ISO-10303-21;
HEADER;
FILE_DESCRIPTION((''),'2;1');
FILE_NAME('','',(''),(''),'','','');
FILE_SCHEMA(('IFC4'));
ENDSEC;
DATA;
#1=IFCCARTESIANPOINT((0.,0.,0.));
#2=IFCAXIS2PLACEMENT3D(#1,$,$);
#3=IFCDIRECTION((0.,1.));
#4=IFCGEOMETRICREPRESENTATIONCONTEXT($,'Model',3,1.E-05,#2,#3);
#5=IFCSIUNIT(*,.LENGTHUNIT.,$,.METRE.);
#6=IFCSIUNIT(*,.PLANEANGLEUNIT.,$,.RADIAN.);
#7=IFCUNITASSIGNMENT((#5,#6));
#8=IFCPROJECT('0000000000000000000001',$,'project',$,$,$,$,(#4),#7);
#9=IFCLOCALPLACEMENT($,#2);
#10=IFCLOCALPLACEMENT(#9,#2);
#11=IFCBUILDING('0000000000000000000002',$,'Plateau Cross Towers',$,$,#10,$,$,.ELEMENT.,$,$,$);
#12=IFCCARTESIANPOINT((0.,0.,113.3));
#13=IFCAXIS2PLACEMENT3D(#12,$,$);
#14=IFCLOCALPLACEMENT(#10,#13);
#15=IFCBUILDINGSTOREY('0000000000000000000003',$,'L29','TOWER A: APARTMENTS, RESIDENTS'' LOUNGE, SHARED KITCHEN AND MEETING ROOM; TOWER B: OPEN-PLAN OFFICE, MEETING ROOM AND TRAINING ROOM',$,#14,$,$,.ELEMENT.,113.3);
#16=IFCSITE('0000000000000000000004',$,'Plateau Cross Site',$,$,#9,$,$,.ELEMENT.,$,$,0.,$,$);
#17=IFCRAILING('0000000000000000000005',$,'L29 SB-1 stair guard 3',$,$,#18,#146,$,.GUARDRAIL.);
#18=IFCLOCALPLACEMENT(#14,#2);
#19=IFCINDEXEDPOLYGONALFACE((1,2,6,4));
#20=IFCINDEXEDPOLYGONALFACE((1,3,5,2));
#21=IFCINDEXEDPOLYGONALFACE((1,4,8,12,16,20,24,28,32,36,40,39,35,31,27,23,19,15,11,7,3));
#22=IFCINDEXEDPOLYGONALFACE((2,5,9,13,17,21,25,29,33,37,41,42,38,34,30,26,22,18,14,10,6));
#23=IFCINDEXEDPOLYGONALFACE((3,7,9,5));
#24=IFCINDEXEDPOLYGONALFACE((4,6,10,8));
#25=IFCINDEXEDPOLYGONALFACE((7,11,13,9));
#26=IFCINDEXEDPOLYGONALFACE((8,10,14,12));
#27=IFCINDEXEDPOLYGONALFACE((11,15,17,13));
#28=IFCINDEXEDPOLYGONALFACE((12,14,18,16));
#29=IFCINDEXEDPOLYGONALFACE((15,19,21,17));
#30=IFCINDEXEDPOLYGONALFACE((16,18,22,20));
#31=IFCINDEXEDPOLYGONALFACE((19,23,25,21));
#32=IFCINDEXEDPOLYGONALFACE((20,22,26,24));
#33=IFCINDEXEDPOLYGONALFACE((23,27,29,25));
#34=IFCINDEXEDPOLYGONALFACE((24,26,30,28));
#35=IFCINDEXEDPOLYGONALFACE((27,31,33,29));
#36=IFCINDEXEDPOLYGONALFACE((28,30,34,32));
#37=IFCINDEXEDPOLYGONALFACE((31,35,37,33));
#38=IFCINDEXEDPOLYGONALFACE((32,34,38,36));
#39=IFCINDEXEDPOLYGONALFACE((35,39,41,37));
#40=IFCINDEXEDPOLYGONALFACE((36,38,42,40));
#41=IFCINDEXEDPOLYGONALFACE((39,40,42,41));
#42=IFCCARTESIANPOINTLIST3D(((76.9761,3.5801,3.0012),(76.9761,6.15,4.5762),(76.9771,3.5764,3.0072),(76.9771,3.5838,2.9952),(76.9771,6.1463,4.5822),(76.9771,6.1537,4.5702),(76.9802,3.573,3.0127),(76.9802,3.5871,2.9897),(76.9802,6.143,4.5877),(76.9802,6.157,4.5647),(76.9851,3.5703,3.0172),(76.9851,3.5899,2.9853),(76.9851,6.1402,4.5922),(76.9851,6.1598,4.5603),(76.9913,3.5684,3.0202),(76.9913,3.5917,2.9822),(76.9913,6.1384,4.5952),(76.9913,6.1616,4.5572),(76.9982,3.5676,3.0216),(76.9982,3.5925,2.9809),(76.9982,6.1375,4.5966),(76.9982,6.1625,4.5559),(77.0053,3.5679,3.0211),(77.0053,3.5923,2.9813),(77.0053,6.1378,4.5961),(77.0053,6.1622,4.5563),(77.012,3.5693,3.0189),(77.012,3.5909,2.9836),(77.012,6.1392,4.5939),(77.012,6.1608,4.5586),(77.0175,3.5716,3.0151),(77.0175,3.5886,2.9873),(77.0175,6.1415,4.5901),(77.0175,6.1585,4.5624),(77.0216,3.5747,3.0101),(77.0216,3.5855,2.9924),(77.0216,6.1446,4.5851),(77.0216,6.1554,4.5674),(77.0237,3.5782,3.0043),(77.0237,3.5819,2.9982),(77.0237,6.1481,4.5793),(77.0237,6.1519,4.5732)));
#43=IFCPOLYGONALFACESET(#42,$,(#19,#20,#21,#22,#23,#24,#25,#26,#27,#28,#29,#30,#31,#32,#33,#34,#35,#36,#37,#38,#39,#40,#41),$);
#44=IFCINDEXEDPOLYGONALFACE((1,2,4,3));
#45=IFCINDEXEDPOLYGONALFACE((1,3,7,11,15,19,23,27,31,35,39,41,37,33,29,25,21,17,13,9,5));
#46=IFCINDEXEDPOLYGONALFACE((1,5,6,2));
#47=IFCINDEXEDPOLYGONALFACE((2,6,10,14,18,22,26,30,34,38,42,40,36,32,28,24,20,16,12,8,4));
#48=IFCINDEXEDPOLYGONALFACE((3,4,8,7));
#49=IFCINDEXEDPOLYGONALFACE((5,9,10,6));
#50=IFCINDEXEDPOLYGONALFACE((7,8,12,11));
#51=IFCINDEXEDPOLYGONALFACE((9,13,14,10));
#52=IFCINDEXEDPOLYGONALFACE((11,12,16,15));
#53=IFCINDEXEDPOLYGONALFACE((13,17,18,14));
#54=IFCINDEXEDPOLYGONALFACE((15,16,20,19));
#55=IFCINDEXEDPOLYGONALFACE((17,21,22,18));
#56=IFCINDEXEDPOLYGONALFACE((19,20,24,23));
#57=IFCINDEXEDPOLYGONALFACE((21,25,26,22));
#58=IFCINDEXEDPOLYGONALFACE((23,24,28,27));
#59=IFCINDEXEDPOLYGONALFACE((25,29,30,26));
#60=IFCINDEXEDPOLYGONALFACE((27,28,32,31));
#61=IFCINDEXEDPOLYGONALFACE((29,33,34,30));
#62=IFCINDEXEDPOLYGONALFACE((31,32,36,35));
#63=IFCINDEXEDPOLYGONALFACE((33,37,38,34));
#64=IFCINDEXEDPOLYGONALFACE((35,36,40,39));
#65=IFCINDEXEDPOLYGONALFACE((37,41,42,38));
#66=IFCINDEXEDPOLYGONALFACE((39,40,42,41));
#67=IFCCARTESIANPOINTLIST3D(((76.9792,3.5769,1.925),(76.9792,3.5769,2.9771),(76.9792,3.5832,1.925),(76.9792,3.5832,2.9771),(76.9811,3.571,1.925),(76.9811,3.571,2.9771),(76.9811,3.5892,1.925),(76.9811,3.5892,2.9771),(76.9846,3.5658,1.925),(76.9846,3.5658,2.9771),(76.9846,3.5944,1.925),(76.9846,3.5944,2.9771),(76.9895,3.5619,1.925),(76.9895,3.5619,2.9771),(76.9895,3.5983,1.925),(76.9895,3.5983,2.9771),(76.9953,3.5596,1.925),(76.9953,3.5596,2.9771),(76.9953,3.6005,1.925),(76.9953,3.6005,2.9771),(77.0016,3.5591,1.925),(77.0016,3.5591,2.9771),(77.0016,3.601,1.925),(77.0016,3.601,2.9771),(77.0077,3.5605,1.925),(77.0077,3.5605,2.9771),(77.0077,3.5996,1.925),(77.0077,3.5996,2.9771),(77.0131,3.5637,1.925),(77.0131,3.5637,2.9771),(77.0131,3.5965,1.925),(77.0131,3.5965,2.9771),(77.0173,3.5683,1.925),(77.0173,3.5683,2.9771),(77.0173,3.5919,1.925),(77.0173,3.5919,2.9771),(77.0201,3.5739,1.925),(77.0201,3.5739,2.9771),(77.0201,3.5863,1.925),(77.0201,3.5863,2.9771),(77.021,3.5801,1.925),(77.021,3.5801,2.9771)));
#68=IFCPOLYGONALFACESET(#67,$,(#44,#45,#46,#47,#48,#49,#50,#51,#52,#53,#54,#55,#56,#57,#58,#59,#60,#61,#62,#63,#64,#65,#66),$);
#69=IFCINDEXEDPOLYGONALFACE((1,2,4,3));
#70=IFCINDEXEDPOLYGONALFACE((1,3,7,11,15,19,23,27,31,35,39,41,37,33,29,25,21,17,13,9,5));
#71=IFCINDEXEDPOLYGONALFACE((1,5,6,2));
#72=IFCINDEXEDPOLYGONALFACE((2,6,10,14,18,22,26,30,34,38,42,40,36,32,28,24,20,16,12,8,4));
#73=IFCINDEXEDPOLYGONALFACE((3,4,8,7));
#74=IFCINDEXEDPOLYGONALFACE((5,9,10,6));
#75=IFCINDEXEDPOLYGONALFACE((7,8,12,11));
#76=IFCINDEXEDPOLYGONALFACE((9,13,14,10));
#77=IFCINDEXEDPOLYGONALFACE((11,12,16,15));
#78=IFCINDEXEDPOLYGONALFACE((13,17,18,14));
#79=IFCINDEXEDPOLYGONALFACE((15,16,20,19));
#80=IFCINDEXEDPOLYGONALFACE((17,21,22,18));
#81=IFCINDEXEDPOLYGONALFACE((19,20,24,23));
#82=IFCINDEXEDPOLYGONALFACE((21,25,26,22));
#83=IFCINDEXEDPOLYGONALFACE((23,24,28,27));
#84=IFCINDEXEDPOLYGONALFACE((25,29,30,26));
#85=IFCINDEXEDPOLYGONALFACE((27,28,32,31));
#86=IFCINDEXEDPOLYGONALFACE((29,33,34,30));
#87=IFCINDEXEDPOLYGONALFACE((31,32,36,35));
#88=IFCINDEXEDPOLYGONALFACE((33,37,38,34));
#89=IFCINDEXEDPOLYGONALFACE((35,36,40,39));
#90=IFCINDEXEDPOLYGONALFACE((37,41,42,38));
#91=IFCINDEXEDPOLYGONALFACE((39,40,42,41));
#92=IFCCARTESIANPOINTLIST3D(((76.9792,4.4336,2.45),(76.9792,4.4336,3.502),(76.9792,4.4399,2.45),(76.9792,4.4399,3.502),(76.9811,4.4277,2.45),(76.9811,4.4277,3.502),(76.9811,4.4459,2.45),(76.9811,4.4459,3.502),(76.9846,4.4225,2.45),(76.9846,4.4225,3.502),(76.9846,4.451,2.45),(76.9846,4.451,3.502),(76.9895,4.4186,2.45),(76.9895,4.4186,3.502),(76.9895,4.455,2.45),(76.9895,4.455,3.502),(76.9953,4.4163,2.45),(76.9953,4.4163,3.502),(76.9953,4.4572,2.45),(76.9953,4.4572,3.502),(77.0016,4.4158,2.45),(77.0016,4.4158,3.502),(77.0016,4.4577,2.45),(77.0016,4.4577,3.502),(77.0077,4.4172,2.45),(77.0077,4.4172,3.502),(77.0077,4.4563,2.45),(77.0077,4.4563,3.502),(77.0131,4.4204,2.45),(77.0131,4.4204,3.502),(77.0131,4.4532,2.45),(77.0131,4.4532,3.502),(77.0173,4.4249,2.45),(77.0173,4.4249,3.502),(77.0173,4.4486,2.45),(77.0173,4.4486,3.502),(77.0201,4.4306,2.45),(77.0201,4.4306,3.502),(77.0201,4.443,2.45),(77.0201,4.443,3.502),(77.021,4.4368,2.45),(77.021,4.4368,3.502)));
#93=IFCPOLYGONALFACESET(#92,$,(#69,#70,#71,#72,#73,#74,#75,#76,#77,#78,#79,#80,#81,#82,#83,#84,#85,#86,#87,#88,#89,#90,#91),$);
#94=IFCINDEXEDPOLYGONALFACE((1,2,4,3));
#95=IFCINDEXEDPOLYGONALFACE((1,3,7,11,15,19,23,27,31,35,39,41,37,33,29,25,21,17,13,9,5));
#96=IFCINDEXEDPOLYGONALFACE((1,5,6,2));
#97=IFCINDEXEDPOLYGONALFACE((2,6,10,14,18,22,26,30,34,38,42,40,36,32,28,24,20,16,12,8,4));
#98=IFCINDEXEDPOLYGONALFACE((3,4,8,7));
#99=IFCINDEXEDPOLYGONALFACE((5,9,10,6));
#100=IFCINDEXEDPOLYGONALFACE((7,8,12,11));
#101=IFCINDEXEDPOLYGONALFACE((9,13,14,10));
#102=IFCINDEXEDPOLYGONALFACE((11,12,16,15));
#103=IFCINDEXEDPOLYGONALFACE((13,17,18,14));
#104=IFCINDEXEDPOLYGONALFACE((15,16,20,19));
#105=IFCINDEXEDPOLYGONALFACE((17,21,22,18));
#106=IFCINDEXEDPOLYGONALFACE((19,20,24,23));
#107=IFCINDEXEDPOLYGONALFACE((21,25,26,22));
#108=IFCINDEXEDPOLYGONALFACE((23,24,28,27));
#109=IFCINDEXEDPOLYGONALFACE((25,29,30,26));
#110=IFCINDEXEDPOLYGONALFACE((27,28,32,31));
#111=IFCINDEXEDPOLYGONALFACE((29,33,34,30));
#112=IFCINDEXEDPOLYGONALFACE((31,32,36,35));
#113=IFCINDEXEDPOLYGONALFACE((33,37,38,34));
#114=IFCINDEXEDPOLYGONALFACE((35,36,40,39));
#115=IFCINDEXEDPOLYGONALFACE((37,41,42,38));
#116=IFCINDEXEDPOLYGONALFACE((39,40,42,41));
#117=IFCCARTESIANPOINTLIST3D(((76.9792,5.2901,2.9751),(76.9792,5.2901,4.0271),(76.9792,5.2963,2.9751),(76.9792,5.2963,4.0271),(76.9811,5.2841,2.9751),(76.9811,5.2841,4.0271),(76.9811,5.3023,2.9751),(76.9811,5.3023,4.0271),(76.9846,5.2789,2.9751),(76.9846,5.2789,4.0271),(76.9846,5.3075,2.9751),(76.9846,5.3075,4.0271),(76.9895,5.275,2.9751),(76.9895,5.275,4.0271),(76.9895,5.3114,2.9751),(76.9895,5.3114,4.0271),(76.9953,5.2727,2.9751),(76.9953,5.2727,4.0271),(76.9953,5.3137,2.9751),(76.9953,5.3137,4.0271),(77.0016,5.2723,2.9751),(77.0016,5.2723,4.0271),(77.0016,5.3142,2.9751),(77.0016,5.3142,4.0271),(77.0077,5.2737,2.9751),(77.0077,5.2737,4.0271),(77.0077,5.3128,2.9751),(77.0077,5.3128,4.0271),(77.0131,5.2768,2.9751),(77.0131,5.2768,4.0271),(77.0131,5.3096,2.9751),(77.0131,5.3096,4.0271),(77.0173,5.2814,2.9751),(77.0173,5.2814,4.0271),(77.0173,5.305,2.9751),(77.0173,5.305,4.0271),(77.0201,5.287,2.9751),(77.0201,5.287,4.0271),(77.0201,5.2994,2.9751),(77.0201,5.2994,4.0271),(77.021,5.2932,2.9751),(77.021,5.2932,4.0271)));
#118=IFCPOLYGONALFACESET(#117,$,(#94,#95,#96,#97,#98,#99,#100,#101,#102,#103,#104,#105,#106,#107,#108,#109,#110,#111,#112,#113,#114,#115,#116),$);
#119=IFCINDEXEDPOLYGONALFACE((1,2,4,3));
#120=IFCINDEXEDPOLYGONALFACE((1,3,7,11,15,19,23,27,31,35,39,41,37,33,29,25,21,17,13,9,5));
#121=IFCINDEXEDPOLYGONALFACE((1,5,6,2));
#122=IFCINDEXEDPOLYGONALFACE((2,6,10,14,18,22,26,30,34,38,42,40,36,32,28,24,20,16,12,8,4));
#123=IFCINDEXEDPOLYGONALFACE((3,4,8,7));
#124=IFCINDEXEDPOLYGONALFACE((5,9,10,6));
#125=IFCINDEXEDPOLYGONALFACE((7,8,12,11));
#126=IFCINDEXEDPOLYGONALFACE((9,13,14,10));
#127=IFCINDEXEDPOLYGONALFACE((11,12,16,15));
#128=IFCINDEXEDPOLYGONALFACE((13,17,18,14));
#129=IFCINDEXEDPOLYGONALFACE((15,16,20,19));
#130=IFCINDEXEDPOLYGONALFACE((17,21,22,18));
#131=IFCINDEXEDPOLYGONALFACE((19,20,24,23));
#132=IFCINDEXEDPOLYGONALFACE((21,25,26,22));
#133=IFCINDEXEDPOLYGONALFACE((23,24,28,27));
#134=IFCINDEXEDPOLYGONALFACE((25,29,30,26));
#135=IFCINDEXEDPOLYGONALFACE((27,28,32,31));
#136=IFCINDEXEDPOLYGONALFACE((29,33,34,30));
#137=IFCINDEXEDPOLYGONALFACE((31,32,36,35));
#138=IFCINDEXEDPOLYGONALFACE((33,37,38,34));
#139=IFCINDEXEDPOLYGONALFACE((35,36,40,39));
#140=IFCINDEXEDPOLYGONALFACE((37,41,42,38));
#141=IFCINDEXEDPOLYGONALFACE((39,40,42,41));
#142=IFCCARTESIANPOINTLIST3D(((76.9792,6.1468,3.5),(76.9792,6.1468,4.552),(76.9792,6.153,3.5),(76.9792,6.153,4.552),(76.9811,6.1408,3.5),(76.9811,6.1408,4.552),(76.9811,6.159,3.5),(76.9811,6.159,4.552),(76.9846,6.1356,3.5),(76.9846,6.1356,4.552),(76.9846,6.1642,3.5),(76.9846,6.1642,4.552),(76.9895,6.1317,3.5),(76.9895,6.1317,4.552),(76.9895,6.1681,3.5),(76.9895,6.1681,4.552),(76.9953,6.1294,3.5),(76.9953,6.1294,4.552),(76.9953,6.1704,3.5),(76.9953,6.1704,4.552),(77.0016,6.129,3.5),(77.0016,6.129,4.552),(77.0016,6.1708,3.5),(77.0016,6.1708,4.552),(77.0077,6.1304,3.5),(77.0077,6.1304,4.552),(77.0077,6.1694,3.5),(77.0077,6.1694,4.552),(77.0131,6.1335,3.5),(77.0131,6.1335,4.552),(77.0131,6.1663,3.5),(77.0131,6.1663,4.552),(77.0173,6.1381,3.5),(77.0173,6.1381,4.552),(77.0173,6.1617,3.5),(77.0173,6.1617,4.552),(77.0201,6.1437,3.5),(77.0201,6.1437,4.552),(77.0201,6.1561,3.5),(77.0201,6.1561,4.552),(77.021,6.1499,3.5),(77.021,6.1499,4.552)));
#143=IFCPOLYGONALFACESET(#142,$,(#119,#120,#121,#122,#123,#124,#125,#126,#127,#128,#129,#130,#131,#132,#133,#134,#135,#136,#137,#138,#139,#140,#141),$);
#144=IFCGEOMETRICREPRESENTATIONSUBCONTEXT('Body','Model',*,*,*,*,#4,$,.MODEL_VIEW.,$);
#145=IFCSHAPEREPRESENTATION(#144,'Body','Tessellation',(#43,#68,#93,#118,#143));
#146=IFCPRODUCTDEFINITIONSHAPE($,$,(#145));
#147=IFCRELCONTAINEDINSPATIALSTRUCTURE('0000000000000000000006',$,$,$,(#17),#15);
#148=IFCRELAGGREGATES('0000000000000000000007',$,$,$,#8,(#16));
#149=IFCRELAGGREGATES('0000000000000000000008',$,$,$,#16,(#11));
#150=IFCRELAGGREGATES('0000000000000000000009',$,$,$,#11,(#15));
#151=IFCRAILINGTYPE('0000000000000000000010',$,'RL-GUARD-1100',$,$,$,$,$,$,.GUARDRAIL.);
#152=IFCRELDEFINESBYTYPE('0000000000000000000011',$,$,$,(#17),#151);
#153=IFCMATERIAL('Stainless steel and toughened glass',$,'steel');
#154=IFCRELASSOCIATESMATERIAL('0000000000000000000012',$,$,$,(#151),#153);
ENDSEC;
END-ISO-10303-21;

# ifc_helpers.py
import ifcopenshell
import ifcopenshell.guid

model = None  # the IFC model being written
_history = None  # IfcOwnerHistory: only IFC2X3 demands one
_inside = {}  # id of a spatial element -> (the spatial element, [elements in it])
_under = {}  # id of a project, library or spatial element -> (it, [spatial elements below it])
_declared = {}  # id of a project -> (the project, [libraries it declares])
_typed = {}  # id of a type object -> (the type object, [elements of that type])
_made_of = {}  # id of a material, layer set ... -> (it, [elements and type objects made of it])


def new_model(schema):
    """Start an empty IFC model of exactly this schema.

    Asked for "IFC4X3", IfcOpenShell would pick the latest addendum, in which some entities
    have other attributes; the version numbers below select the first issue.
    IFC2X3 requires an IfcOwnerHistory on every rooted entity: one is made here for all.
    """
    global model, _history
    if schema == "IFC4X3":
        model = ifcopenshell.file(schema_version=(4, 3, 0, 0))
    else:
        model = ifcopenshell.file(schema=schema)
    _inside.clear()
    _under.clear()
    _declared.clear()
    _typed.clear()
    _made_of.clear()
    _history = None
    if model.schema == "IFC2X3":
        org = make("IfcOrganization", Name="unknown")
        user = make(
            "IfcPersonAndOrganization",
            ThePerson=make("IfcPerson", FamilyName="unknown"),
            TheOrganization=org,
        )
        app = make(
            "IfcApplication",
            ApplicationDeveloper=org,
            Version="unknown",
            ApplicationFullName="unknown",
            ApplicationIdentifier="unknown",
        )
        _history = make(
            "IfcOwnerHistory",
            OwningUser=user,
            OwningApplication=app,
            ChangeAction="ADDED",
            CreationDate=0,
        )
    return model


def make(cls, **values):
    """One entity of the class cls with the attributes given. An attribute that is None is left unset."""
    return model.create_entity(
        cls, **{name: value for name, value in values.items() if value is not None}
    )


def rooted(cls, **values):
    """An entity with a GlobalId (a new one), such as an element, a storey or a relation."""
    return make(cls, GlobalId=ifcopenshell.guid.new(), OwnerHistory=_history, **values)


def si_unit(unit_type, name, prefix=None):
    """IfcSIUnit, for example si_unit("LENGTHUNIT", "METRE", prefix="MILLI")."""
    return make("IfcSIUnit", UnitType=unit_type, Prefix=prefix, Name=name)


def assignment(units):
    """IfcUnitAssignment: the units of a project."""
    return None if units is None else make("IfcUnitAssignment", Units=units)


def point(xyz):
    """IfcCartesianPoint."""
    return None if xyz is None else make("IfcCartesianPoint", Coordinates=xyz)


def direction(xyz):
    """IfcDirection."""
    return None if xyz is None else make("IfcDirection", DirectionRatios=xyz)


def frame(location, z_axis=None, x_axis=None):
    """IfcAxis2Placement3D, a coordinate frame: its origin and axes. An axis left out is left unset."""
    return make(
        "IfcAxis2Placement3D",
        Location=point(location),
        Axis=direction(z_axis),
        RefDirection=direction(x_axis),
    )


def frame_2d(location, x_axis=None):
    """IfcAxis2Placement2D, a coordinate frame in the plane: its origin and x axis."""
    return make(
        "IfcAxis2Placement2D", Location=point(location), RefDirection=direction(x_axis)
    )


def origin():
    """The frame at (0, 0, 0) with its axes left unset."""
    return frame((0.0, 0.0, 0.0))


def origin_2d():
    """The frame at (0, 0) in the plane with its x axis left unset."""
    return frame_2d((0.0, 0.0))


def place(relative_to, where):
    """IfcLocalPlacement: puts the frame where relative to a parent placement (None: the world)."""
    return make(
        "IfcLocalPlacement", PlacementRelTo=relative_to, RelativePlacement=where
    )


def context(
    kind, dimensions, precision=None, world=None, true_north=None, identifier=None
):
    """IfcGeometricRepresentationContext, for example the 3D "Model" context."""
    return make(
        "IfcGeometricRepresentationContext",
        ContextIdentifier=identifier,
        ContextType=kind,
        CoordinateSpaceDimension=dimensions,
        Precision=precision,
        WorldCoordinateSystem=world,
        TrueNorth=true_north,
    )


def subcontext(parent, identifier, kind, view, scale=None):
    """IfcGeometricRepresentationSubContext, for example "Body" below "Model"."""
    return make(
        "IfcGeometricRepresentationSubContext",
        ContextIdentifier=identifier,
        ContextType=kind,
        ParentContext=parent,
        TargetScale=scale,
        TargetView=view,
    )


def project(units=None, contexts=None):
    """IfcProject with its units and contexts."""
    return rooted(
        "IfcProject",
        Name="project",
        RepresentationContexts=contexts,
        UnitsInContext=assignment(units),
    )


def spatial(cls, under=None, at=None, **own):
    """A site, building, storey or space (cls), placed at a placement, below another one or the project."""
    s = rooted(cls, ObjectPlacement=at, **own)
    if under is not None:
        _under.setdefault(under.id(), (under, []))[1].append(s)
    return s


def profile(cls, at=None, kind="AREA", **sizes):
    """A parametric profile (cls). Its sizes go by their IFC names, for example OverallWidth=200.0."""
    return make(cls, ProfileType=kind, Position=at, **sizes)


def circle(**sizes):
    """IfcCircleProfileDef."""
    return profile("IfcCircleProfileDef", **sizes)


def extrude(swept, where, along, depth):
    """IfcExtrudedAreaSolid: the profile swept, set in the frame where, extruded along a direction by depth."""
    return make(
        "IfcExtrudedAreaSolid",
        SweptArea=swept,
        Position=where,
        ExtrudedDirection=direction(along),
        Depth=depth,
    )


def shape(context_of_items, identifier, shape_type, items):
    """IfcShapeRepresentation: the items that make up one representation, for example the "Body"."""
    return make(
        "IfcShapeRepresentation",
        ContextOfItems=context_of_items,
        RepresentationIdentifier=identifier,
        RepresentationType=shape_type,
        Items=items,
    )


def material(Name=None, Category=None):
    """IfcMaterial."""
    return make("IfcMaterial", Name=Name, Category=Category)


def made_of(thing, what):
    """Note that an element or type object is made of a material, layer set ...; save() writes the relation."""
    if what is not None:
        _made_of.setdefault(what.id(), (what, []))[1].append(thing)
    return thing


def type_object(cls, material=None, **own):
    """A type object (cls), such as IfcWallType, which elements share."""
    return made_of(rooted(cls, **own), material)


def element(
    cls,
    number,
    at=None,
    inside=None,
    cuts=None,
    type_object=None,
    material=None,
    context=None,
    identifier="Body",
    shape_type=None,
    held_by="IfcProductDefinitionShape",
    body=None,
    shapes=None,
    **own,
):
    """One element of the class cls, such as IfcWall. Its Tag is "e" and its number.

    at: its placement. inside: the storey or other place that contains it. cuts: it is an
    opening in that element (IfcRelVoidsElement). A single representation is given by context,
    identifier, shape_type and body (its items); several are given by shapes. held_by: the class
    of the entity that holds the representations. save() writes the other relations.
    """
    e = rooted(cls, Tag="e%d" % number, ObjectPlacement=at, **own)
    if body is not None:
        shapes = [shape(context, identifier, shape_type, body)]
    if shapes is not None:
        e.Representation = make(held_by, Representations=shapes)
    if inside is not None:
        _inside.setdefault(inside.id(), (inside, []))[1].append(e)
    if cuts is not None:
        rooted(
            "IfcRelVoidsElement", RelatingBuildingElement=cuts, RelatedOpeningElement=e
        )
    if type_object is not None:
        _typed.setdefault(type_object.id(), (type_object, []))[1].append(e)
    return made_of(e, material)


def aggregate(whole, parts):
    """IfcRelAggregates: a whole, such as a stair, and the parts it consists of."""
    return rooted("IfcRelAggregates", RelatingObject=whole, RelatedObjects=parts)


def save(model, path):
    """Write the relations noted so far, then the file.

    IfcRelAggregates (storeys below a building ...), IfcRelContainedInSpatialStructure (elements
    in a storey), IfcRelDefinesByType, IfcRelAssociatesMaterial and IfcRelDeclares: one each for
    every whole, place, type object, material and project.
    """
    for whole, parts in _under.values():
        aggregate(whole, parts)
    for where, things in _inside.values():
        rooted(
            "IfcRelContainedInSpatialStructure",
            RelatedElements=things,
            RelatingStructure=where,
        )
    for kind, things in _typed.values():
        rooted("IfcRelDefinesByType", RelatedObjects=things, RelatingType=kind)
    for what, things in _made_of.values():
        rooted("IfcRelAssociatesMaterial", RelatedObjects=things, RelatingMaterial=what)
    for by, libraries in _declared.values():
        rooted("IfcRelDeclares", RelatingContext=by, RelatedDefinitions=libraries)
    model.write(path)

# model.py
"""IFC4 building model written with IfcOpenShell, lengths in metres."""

from ifc_helpers import new_model, si_unit, direction, frame, origin, origin_2d, place, context, subcontext, project, spatial, circle, extrude, material, type_object, element, save


model = new_model("IFC4")

# Units and contexts
model_context = context("Model", 3, precision=1e-05, world=origin(), true_north=direction((0.0, 1.0)))
body_context = subcontext(model_context, "Body", "Model", "MODEL_VIEW")
ifc_project = project(units=[si_unit("LENGTHUNIT", "METRE"), si_unit("PLANEANGLEUNIT", "RADIAN")], contexts=[model_context])

# Site, building, storey
site_placement = place(None, origin())
site = spatial("IfcSite", under=ifc_project, at=site_placement, Name="Plateau Cross Site", CompositionType="ELEMENT", RefElevation=0.0)
building_placement = place(site_placement, origin())
building = spatial("IfcBuilding", under=site, at=building_placement, Name="Plateau Cross Towers", CompositionType="ELEMENT")
storey_placement = place(building_placement, frame((0.0, 0.0, 113.3)))
storey = spatial("IfcBuildingStorey", under=building, at=storey_placement, Name="L29", Description="TOWER A: APARTMENTS, RESIDENTS' LOUNGE, SHARED KITCHEN AND MEETING ROOM; TOWER B: OPEN-PLAN OFFICE, MEETING ROOM AND TRAINING ROOM", CompositionType="ELEMENT", Elevation=113.3)

# Railing
ifc_material_1 = material(Name="Stainless steel and toughened glass", Category="steel")
railing_type_1 = type_object("IfcRailingType", Name="RL-GUARD-1100", PredefinedType="GUARDRAIL", material=ifc_material_1)
railing_1_placement = place(storey_placement, frame((77.0, 3.5801, 1.925)))
element("IfcRailing", 1, at=railing_1_placement, inside=storey, type_object=railing_type_1, Name="L29 SB-1 stair guard 3", PredefinedType="GUARDRAIL", context=body_context, shape_type="SweptSolid", body=[
    extrude(circle(Radius=0.0239, at=origin_2d()), frame((0.0, 0.0, 1.0762), z_axis=(0.0, 0.852616, 0.522537), x_axis=(-1.0, 0.0, 0.0)), (0.0, 0.0, 1.0), 3.0142),
    extrude(circle(Radius=0.021, at=origin_2d()), origin(), (0.0, 0.0, 1.0), 1.052),
    extrude(circle(Radius=0.021, at=origin_2d()), frame((0.0, 0.8567, 0.5249)), (0.0, 0.0, 1.0), 1.052),
    extrude(circle(Radius=0.021, at=origin_2d()), frame((0.0, 1.7131, 1.05)), (0.0, 0.0, 1.0), 1.052),
    extrude(circle(Radius=0.021, at=origin_2d()), frame((0.0, 2.5698, 1.575)), (0.0, 0.0, 1.0), 1.052),
])

save(model, "model.ifc")
